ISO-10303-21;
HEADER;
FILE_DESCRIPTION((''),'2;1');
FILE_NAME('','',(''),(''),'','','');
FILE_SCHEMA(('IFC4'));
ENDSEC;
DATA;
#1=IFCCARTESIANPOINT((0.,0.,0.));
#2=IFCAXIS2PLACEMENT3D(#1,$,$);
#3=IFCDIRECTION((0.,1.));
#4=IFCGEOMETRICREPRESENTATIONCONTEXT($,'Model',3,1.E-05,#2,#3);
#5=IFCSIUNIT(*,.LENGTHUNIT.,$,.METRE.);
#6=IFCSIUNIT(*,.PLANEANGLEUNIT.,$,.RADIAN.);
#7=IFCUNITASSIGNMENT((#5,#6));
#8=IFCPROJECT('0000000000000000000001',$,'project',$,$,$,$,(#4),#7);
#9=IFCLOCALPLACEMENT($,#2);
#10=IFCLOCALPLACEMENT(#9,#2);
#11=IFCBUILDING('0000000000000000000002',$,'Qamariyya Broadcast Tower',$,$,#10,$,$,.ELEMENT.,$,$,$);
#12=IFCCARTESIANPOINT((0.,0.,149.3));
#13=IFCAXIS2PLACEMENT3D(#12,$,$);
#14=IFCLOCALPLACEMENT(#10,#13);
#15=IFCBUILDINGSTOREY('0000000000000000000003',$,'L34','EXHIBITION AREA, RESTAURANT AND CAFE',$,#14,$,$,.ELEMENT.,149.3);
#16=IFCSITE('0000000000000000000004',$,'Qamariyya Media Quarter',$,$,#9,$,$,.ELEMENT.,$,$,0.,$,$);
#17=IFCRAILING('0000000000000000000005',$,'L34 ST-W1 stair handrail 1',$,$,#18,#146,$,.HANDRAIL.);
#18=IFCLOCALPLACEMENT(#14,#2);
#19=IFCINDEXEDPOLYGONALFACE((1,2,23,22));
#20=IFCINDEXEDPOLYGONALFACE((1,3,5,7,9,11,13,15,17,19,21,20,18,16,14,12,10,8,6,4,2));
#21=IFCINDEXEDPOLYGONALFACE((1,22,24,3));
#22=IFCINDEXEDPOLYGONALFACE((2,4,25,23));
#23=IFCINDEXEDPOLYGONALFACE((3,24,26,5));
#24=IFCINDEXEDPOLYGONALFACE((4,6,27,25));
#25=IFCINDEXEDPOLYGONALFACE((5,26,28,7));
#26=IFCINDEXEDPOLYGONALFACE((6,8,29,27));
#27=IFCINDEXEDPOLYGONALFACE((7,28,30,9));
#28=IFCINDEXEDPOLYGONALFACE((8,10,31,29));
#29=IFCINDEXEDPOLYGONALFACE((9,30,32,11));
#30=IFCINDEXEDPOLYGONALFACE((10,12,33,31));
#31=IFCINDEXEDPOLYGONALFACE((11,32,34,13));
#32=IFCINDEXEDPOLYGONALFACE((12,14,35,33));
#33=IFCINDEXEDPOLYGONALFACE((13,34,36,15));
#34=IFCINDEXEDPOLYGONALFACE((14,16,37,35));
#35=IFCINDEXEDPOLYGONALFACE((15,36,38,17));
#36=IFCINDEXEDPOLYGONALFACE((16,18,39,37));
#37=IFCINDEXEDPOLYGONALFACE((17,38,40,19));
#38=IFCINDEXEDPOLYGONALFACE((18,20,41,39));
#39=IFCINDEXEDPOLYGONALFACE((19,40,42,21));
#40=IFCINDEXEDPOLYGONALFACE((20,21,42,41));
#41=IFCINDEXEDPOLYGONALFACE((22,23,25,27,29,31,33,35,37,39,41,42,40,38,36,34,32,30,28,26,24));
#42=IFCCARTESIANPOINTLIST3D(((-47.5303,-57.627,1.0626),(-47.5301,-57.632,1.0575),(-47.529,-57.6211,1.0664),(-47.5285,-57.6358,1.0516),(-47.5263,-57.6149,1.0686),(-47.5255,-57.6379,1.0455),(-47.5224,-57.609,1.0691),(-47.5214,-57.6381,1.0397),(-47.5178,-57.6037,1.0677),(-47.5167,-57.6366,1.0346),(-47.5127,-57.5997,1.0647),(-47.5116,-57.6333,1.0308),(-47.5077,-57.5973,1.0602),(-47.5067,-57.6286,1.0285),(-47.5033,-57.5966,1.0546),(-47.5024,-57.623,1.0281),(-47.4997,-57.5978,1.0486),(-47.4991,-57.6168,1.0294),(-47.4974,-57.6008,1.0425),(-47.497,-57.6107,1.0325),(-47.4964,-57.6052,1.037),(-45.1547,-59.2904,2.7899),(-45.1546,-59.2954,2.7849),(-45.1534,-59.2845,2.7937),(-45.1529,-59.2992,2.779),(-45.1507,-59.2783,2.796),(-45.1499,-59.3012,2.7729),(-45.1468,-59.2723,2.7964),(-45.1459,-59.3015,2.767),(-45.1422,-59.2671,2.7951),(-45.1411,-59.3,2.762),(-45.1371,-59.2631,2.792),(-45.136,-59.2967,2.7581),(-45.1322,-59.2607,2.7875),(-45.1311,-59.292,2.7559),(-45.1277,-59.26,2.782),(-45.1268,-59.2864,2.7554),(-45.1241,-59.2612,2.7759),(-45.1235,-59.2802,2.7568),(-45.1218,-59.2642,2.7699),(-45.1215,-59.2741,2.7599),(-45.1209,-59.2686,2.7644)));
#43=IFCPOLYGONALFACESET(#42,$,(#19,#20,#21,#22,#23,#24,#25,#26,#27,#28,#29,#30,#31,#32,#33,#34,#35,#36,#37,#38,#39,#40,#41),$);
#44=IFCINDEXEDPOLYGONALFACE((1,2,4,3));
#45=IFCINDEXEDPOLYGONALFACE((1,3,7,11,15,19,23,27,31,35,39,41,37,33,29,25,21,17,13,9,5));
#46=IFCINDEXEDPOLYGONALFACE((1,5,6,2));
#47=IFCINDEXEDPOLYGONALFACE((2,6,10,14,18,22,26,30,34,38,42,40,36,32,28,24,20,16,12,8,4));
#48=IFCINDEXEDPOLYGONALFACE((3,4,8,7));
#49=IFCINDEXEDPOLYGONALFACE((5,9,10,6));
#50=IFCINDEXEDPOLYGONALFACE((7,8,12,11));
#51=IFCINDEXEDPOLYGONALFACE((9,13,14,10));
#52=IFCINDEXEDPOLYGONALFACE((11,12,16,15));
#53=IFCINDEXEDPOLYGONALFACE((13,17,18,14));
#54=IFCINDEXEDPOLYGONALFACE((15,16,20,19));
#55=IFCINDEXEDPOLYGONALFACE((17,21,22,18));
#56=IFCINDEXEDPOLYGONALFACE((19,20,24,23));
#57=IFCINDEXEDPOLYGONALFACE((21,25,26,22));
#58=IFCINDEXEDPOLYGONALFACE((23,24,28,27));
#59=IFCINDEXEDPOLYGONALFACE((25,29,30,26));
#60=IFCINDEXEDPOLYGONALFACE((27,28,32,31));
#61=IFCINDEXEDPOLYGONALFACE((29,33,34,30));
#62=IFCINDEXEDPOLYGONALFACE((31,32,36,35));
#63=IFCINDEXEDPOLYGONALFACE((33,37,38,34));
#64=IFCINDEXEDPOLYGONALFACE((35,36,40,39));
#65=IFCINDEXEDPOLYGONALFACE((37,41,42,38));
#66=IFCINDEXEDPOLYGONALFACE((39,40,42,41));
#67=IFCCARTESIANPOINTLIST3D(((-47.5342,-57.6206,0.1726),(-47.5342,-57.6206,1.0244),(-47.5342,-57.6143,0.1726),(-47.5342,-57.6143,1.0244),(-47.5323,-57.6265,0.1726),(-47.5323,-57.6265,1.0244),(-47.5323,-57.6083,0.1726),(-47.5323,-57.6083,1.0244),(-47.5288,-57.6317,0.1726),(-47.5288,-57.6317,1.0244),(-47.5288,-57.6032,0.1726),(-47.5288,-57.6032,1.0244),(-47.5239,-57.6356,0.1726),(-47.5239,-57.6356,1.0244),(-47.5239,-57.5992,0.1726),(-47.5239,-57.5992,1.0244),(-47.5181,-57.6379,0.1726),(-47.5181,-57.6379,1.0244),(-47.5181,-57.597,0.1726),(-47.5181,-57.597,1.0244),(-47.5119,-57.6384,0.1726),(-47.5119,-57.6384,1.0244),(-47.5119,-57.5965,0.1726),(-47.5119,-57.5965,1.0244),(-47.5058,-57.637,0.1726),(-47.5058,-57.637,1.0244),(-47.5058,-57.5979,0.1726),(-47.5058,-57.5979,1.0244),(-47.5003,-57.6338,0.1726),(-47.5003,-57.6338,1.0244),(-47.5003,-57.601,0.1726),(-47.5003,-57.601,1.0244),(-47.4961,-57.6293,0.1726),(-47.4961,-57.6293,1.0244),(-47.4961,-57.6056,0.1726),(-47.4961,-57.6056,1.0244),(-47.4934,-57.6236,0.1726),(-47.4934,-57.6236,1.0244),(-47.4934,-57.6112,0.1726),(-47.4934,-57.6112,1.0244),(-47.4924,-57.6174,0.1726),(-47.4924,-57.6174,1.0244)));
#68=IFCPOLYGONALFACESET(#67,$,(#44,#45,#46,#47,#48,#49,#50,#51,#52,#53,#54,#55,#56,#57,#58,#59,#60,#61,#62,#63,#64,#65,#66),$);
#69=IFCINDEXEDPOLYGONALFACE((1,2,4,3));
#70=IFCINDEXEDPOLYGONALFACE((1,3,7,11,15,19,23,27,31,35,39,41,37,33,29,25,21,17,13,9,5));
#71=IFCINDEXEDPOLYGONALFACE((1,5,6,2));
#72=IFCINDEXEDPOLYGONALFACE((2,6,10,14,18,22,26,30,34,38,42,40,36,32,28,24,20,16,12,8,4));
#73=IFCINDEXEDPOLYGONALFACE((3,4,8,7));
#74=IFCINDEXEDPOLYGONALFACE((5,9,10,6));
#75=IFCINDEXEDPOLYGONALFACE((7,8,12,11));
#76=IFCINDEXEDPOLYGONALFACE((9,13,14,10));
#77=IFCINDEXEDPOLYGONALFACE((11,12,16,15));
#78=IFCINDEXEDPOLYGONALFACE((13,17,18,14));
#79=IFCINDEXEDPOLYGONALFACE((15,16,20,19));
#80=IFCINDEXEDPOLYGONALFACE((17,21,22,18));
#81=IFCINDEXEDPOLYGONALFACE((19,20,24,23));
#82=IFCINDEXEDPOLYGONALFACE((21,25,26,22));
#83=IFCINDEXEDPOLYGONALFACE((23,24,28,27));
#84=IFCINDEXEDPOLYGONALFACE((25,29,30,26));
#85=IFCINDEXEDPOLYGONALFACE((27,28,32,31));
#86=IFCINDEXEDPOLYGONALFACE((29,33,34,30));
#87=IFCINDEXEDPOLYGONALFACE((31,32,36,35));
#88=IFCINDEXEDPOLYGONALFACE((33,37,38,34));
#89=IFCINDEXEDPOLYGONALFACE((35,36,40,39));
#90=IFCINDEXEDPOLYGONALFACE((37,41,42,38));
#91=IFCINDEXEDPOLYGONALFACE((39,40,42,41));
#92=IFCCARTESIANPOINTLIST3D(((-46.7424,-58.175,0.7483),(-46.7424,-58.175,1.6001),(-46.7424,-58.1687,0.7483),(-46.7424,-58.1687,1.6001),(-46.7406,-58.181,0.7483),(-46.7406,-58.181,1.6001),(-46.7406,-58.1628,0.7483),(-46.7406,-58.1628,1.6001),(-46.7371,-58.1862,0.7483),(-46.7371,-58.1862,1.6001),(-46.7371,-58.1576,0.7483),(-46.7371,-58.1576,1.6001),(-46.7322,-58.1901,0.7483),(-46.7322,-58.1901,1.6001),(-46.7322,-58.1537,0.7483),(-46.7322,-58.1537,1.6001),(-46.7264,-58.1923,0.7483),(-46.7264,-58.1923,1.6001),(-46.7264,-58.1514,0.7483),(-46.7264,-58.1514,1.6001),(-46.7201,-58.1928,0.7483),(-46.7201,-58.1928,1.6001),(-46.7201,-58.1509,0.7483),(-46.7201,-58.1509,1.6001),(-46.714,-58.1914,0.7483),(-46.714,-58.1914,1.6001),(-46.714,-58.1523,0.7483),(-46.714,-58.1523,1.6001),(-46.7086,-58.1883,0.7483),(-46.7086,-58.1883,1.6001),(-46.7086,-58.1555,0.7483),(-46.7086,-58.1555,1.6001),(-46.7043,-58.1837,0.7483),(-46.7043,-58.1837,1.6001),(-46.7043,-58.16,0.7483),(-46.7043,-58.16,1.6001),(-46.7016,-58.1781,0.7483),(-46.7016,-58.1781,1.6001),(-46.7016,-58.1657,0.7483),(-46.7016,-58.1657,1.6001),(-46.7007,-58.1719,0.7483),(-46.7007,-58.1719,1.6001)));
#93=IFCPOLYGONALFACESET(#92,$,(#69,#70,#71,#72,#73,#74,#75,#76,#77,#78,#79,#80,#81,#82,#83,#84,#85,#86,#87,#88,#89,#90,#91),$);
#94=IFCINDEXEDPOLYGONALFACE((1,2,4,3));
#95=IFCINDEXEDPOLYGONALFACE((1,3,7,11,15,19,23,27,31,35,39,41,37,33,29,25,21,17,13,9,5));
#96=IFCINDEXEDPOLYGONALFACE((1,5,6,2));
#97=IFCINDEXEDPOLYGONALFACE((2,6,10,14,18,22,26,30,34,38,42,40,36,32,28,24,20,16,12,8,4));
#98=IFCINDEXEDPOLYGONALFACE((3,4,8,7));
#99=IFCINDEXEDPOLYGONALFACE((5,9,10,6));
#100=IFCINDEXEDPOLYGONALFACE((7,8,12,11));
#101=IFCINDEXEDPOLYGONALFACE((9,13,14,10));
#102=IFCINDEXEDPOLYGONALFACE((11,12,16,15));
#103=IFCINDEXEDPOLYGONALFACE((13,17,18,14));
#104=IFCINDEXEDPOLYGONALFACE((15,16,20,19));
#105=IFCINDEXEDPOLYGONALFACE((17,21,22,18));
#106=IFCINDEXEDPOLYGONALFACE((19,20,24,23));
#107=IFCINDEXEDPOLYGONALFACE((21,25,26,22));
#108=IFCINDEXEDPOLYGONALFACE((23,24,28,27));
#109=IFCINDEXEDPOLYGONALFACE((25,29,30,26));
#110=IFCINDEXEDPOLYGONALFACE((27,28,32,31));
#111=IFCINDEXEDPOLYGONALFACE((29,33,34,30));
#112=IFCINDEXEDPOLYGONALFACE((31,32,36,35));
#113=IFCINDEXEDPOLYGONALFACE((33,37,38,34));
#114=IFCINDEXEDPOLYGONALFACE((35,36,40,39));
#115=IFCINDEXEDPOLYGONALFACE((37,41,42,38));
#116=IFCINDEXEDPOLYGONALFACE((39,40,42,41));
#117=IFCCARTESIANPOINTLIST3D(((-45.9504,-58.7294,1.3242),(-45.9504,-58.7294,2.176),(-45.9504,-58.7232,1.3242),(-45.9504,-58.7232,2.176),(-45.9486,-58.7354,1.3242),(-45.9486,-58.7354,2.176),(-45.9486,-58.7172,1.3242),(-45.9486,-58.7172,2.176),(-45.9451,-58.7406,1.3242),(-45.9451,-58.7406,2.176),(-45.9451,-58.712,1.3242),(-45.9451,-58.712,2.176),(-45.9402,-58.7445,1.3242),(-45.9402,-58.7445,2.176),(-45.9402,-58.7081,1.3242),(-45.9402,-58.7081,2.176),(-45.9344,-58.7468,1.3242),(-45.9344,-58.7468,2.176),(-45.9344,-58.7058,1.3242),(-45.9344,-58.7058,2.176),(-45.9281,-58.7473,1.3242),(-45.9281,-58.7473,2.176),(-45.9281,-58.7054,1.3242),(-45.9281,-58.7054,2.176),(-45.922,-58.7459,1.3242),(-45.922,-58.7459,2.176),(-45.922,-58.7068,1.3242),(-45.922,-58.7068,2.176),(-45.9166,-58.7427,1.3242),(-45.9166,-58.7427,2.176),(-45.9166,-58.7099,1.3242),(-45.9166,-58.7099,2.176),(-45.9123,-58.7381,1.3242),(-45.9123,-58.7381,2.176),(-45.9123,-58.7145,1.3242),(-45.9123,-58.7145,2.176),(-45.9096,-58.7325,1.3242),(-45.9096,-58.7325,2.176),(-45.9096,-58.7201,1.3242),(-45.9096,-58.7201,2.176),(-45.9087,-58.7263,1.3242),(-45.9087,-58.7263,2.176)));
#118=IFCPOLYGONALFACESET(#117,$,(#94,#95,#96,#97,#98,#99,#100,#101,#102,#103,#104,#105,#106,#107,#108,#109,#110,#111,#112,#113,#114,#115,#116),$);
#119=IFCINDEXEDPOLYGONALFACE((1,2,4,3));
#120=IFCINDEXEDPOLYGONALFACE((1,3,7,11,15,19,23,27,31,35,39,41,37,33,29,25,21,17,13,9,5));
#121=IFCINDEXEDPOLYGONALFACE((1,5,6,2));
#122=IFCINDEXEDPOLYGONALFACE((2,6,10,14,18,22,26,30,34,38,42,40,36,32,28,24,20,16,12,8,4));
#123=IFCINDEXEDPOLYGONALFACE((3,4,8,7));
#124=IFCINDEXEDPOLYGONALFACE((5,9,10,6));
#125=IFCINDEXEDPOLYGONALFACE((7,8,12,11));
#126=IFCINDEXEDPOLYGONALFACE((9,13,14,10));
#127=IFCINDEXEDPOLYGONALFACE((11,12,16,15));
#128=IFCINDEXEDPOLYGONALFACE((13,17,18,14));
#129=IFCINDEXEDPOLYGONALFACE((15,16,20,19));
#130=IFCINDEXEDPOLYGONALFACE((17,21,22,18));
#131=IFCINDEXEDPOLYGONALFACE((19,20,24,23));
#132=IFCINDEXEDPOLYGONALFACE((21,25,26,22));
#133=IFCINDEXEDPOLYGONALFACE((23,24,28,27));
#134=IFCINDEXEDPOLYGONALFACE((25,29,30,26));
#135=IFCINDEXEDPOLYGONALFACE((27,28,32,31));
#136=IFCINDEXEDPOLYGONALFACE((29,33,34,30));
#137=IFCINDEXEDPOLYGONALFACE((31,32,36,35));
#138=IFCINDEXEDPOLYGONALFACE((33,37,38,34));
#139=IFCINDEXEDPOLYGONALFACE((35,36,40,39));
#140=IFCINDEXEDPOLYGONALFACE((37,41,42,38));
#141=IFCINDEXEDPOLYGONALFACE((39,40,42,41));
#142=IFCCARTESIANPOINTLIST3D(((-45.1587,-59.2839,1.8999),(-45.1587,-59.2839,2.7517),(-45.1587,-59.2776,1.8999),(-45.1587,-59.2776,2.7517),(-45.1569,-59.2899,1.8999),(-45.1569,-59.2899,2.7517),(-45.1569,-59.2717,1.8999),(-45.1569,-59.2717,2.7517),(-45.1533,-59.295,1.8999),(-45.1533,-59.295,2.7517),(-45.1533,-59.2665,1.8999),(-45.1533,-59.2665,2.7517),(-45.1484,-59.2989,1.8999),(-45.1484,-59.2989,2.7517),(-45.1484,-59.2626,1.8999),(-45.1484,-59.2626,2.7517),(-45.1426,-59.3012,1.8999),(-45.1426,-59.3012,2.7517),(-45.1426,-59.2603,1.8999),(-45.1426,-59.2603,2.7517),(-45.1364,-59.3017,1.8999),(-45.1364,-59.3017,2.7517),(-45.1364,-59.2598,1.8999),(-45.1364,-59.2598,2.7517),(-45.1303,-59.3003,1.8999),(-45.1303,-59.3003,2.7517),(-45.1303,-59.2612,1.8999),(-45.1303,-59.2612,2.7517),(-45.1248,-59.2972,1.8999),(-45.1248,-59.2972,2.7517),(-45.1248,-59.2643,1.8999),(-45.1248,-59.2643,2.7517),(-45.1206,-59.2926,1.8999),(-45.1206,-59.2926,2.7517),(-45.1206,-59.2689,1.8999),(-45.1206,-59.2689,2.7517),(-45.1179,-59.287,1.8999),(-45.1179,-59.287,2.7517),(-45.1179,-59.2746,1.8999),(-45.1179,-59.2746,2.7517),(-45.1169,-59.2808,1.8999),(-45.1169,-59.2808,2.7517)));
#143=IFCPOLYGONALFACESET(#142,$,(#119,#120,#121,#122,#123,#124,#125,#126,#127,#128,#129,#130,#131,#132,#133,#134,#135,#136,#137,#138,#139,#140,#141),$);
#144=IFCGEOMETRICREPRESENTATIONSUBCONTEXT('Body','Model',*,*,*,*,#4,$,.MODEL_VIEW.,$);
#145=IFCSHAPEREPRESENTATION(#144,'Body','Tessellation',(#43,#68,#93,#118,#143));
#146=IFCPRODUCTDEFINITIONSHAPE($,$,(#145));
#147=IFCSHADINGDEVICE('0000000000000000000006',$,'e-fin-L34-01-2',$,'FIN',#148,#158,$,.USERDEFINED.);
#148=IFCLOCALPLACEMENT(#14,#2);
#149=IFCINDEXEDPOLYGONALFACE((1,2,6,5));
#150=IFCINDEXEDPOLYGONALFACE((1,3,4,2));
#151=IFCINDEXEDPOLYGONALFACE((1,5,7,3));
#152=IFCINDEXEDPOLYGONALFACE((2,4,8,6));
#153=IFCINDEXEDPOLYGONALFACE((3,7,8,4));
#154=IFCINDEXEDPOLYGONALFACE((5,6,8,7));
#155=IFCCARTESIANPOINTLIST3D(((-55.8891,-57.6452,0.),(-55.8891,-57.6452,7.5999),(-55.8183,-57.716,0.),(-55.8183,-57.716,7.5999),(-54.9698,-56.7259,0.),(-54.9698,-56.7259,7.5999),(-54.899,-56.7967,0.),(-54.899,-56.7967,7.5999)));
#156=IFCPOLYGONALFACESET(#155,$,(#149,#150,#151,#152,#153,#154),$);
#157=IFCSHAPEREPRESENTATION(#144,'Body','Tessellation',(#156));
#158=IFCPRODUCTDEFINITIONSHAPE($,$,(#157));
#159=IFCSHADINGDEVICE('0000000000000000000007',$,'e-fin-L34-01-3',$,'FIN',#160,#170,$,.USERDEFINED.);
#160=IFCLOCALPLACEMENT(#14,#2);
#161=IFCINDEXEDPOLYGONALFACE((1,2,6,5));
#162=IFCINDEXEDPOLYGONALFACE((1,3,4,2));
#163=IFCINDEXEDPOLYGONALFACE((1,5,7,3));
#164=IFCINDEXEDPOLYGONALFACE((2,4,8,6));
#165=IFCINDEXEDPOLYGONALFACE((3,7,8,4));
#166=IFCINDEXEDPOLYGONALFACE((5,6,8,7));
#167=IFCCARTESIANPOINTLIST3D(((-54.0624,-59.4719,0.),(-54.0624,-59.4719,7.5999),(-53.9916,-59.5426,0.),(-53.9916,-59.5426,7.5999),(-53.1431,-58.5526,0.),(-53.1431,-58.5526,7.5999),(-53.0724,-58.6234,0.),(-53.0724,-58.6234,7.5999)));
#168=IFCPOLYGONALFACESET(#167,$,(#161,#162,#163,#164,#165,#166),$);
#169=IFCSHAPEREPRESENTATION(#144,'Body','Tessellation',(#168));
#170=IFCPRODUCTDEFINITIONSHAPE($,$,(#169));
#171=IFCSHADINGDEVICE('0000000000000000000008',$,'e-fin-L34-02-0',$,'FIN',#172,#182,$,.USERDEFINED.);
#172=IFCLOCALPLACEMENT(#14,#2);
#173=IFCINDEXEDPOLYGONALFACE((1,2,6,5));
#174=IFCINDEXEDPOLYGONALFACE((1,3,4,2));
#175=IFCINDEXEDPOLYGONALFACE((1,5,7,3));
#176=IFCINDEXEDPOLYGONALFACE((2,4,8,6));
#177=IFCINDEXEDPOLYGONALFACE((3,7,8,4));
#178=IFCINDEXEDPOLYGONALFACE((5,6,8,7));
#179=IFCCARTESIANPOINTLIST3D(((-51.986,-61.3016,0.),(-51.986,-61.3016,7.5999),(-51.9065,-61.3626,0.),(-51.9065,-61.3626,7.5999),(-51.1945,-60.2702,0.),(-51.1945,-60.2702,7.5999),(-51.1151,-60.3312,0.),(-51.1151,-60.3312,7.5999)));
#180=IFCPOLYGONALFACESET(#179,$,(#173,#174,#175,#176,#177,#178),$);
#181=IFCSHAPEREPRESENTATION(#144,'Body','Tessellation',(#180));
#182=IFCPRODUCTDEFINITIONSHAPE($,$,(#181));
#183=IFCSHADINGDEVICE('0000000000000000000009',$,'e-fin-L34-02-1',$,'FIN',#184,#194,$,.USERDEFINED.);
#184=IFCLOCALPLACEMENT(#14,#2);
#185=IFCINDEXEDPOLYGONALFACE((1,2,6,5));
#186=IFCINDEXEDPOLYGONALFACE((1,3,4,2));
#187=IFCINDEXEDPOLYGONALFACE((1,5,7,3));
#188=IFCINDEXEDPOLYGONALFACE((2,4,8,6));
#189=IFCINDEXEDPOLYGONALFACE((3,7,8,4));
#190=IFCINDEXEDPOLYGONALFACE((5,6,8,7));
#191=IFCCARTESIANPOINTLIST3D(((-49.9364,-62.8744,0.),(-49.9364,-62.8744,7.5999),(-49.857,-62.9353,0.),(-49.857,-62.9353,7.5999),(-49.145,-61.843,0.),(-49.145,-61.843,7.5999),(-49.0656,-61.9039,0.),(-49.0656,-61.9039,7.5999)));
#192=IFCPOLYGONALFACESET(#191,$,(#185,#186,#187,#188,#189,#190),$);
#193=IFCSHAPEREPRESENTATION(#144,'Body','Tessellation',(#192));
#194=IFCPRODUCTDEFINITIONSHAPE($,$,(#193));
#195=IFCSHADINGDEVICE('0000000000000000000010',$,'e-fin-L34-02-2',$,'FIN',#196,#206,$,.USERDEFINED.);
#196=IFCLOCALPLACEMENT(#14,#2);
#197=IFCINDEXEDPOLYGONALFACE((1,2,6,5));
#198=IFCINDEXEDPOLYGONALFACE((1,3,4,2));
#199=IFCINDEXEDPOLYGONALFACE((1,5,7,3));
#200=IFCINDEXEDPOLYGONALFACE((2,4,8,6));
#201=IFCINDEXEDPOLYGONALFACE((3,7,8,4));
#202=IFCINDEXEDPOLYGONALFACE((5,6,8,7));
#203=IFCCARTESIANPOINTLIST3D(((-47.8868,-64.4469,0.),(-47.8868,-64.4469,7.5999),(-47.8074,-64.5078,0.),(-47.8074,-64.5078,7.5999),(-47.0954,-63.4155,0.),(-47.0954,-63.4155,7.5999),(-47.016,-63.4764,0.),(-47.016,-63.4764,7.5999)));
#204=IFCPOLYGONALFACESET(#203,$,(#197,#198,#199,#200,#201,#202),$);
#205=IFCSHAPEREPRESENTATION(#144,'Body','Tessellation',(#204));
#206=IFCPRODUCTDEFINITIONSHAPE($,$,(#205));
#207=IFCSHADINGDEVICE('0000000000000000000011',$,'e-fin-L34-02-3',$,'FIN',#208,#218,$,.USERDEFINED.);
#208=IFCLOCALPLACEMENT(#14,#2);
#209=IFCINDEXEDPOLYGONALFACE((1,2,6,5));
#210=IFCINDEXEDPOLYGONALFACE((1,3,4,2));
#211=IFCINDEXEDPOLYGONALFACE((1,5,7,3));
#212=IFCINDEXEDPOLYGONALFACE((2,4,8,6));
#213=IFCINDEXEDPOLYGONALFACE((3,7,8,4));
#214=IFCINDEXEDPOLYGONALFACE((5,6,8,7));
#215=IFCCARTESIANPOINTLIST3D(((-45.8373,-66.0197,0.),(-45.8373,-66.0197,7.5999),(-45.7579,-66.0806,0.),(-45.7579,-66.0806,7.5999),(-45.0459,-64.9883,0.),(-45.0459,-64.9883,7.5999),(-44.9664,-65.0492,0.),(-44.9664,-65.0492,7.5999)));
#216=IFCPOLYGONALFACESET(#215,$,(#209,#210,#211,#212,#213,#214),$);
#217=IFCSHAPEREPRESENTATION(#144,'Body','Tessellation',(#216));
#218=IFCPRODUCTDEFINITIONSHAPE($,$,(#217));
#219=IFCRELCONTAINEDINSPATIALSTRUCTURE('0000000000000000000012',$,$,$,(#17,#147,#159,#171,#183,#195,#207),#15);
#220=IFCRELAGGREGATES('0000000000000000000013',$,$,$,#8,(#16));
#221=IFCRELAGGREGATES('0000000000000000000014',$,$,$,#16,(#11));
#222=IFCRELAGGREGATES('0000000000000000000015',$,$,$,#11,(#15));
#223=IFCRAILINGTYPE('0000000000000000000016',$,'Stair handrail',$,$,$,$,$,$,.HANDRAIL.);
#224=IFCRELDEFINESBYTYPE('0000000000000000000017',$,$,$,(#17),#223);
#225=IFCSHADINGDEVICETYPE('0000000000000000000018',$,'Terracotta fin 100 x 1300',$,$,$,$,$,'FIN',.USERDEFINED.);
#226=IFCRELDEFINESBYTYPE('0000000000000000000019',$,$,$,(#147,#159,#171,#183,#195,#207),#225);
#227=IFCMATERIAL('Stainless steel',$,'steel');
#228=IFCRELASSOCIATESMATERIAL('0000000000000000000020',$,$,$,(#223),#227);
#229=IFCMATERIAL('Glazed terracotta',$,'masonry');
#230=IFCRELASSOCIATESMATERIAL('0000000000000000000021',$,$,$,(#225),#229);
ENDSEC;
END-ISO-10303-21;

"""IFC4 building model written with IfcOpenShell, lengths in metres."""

from ifc_helpers import new_model, si_unit, direction, frame, origin, origin_2d, place, context, subcontext, project, spatial, rectangle, circle, extrude, material, material_profile, profile_set, type_object, element, save


model = new_model("IFC4")

# Units and contexts
model_context = context("Model", 3, precision=1e-05, world=origin(), true_north=direction((0.0, 1.0)))
body_context = subcontext(model_context, "Body", "Model", "MODEL_VIEW")
ifc_project = project(units=[si_unit("LENGTHUNIT", "METRE"), si_unit("PLANEANGLEUNIT", "RADIAN")], contexts=[model_context])

# Site, building, storey
site_placement = place(None, origin())
site = spatial("IfcSite", under=ifc_project, at=site_placement, Name="Qamariyya Media Quarter", CompositionType="ELEMENT", RefElevation=0.0)
building_placement = place(site_placement, origin())
building = spatial("IfcBuilding", under=site, at=building_placement, Name="Qamariyya Broadcast Tower", CompositionType="ELEMENT")
storey_placement = place(building_placement, frame((0.0, 0.0, 149.3)))
storey = spatial("IfcBuildingStorey", under=building, at=storey_placement, Name="L34", Description="EXHIBITION AREA, RESTAURANT AND CAFE", CompositionType="ELEMENT", Elevation=149.3)

# Railing
ifc_material_1 = material(Name="Stainless steel", Category="steel")
railing_type_1 = type_object("IfcRailingType", Name="Stair handrail", PredefinedType="HANDRAIL", material=ifc_material_1)
railing_1_placement = place(storey_placement, frame((-47.5134, -57.6174, 0.1726)))
element("IfcRailing", 1, at=railing_1_placement, inside=storey, type_object=railing_type_1, Name="L34 ST-W1 stair handrail 1", PredefinedType="HANDRAIL", context=body_context, shape_type="SweptSolid", body=[
    extrude(circle(Radius=0.0239, at=origin_2d()), frame((0.0, 0.0, 0.876), z_axis=(0.70377, -0.492784, 0.511734), x_axis=(0.573575, 0.819153, 0.0)), (0.0, 0.0, 1.0), 3.3755),
    extrude(circle(Radius=0.021, at=origin_2d()), origin(), (0.0, 0.0, 1.0), 0.8518),
    extrude(circle(Radius=0.021, at=origin_2d()), frame((0.7917, -0.5544, 0.5757)), (0.0, 0.0, 1.0), 0.8518),
    extrude(circle(Radius=0.021, at=origin_2d()), frame((1.5837, -1.1089, 1.1516)), (0.0, 0.0, 1.0), 0.8518),
    extrude(circle(Radius=0.021, at=origin_2d()), frame((2.3755, -1.6633, 1.7273)), (0.0, 0.0, 1.0), 0.8518),
])

# Shading devices
ifc_material_2 = material(Name="Glazed terracotta", Category="masonry")
ifc_material_profile_1 = material_profile(ifc_material_2, rectangle(XDim=1.3, YDim=0.1001, at=origin_2d()))
ifc_profile_set_1 = profile_set([ifc_material_profile_1], Name="Glazed terracotta")
shading_device_type_1 = type_object("IfcShadingDeviceType", Name="Terracotta fin 100 x 1300", ElementType="FIN", PredefinedType="USERDEFINED", material=ifc_profile_set_1)
for number, where, z_axis, x_axis, name in (
    (2, (-55.394, -57.2209, 0.0), (0.0, 0.0, 1.0), (-0.707107, -0.707107, 0.0), "e-fin-L34-01-2"),
    (3, (-53.5674, -59.0476, 0.0), (0.0, 0.0, 1.0), (-0.707107, -0.707107, 0.0), "e-fin-L34-01-3"),
    (4, (-51.5505, -60.8164, 0.0), (0.0, 0.0, 1.0), (-0.608761, -0.793353, 0.0), "e-fin-L34-02-0"),
    (5, (-49.501, -62.3892, 0.0), (0.0, 0.0, 1.0), (-0.608761, -0.793353, 0.0), "e-fin-L34-02-1"),
    (6, (-47.4514, -63.9617, 0.0), (0.0, 0.0, 1.0), (-0.608761, -0.793353, 0.0), "e-fin-L34-02-2"),
    (7, (-45.4019, -65.5344, 0.0), (0.0, 0.0, 1.0), (-0.608761, -0.793353, 0.0), "e-fin-L34-02-3"),
):
    element("IfcShadingDevice", number, at=place(storey_placement, frame(where, z_axis=z_axis, x_axis=x_axis)), inside=storey, type_object=shading_device_type_1, Name=name, ObjectType="FIN", PredefinedType="USERDEFINED", context=body_context, shape_type="SweptSolid", body=[
        extrude(rectangle(XDim=1.3, YDim=0.1001, at=origin_2d()), origin(), (0.0, 0.0, 1.0), 7.5999),
    ])

save(model, "model.ifc")
